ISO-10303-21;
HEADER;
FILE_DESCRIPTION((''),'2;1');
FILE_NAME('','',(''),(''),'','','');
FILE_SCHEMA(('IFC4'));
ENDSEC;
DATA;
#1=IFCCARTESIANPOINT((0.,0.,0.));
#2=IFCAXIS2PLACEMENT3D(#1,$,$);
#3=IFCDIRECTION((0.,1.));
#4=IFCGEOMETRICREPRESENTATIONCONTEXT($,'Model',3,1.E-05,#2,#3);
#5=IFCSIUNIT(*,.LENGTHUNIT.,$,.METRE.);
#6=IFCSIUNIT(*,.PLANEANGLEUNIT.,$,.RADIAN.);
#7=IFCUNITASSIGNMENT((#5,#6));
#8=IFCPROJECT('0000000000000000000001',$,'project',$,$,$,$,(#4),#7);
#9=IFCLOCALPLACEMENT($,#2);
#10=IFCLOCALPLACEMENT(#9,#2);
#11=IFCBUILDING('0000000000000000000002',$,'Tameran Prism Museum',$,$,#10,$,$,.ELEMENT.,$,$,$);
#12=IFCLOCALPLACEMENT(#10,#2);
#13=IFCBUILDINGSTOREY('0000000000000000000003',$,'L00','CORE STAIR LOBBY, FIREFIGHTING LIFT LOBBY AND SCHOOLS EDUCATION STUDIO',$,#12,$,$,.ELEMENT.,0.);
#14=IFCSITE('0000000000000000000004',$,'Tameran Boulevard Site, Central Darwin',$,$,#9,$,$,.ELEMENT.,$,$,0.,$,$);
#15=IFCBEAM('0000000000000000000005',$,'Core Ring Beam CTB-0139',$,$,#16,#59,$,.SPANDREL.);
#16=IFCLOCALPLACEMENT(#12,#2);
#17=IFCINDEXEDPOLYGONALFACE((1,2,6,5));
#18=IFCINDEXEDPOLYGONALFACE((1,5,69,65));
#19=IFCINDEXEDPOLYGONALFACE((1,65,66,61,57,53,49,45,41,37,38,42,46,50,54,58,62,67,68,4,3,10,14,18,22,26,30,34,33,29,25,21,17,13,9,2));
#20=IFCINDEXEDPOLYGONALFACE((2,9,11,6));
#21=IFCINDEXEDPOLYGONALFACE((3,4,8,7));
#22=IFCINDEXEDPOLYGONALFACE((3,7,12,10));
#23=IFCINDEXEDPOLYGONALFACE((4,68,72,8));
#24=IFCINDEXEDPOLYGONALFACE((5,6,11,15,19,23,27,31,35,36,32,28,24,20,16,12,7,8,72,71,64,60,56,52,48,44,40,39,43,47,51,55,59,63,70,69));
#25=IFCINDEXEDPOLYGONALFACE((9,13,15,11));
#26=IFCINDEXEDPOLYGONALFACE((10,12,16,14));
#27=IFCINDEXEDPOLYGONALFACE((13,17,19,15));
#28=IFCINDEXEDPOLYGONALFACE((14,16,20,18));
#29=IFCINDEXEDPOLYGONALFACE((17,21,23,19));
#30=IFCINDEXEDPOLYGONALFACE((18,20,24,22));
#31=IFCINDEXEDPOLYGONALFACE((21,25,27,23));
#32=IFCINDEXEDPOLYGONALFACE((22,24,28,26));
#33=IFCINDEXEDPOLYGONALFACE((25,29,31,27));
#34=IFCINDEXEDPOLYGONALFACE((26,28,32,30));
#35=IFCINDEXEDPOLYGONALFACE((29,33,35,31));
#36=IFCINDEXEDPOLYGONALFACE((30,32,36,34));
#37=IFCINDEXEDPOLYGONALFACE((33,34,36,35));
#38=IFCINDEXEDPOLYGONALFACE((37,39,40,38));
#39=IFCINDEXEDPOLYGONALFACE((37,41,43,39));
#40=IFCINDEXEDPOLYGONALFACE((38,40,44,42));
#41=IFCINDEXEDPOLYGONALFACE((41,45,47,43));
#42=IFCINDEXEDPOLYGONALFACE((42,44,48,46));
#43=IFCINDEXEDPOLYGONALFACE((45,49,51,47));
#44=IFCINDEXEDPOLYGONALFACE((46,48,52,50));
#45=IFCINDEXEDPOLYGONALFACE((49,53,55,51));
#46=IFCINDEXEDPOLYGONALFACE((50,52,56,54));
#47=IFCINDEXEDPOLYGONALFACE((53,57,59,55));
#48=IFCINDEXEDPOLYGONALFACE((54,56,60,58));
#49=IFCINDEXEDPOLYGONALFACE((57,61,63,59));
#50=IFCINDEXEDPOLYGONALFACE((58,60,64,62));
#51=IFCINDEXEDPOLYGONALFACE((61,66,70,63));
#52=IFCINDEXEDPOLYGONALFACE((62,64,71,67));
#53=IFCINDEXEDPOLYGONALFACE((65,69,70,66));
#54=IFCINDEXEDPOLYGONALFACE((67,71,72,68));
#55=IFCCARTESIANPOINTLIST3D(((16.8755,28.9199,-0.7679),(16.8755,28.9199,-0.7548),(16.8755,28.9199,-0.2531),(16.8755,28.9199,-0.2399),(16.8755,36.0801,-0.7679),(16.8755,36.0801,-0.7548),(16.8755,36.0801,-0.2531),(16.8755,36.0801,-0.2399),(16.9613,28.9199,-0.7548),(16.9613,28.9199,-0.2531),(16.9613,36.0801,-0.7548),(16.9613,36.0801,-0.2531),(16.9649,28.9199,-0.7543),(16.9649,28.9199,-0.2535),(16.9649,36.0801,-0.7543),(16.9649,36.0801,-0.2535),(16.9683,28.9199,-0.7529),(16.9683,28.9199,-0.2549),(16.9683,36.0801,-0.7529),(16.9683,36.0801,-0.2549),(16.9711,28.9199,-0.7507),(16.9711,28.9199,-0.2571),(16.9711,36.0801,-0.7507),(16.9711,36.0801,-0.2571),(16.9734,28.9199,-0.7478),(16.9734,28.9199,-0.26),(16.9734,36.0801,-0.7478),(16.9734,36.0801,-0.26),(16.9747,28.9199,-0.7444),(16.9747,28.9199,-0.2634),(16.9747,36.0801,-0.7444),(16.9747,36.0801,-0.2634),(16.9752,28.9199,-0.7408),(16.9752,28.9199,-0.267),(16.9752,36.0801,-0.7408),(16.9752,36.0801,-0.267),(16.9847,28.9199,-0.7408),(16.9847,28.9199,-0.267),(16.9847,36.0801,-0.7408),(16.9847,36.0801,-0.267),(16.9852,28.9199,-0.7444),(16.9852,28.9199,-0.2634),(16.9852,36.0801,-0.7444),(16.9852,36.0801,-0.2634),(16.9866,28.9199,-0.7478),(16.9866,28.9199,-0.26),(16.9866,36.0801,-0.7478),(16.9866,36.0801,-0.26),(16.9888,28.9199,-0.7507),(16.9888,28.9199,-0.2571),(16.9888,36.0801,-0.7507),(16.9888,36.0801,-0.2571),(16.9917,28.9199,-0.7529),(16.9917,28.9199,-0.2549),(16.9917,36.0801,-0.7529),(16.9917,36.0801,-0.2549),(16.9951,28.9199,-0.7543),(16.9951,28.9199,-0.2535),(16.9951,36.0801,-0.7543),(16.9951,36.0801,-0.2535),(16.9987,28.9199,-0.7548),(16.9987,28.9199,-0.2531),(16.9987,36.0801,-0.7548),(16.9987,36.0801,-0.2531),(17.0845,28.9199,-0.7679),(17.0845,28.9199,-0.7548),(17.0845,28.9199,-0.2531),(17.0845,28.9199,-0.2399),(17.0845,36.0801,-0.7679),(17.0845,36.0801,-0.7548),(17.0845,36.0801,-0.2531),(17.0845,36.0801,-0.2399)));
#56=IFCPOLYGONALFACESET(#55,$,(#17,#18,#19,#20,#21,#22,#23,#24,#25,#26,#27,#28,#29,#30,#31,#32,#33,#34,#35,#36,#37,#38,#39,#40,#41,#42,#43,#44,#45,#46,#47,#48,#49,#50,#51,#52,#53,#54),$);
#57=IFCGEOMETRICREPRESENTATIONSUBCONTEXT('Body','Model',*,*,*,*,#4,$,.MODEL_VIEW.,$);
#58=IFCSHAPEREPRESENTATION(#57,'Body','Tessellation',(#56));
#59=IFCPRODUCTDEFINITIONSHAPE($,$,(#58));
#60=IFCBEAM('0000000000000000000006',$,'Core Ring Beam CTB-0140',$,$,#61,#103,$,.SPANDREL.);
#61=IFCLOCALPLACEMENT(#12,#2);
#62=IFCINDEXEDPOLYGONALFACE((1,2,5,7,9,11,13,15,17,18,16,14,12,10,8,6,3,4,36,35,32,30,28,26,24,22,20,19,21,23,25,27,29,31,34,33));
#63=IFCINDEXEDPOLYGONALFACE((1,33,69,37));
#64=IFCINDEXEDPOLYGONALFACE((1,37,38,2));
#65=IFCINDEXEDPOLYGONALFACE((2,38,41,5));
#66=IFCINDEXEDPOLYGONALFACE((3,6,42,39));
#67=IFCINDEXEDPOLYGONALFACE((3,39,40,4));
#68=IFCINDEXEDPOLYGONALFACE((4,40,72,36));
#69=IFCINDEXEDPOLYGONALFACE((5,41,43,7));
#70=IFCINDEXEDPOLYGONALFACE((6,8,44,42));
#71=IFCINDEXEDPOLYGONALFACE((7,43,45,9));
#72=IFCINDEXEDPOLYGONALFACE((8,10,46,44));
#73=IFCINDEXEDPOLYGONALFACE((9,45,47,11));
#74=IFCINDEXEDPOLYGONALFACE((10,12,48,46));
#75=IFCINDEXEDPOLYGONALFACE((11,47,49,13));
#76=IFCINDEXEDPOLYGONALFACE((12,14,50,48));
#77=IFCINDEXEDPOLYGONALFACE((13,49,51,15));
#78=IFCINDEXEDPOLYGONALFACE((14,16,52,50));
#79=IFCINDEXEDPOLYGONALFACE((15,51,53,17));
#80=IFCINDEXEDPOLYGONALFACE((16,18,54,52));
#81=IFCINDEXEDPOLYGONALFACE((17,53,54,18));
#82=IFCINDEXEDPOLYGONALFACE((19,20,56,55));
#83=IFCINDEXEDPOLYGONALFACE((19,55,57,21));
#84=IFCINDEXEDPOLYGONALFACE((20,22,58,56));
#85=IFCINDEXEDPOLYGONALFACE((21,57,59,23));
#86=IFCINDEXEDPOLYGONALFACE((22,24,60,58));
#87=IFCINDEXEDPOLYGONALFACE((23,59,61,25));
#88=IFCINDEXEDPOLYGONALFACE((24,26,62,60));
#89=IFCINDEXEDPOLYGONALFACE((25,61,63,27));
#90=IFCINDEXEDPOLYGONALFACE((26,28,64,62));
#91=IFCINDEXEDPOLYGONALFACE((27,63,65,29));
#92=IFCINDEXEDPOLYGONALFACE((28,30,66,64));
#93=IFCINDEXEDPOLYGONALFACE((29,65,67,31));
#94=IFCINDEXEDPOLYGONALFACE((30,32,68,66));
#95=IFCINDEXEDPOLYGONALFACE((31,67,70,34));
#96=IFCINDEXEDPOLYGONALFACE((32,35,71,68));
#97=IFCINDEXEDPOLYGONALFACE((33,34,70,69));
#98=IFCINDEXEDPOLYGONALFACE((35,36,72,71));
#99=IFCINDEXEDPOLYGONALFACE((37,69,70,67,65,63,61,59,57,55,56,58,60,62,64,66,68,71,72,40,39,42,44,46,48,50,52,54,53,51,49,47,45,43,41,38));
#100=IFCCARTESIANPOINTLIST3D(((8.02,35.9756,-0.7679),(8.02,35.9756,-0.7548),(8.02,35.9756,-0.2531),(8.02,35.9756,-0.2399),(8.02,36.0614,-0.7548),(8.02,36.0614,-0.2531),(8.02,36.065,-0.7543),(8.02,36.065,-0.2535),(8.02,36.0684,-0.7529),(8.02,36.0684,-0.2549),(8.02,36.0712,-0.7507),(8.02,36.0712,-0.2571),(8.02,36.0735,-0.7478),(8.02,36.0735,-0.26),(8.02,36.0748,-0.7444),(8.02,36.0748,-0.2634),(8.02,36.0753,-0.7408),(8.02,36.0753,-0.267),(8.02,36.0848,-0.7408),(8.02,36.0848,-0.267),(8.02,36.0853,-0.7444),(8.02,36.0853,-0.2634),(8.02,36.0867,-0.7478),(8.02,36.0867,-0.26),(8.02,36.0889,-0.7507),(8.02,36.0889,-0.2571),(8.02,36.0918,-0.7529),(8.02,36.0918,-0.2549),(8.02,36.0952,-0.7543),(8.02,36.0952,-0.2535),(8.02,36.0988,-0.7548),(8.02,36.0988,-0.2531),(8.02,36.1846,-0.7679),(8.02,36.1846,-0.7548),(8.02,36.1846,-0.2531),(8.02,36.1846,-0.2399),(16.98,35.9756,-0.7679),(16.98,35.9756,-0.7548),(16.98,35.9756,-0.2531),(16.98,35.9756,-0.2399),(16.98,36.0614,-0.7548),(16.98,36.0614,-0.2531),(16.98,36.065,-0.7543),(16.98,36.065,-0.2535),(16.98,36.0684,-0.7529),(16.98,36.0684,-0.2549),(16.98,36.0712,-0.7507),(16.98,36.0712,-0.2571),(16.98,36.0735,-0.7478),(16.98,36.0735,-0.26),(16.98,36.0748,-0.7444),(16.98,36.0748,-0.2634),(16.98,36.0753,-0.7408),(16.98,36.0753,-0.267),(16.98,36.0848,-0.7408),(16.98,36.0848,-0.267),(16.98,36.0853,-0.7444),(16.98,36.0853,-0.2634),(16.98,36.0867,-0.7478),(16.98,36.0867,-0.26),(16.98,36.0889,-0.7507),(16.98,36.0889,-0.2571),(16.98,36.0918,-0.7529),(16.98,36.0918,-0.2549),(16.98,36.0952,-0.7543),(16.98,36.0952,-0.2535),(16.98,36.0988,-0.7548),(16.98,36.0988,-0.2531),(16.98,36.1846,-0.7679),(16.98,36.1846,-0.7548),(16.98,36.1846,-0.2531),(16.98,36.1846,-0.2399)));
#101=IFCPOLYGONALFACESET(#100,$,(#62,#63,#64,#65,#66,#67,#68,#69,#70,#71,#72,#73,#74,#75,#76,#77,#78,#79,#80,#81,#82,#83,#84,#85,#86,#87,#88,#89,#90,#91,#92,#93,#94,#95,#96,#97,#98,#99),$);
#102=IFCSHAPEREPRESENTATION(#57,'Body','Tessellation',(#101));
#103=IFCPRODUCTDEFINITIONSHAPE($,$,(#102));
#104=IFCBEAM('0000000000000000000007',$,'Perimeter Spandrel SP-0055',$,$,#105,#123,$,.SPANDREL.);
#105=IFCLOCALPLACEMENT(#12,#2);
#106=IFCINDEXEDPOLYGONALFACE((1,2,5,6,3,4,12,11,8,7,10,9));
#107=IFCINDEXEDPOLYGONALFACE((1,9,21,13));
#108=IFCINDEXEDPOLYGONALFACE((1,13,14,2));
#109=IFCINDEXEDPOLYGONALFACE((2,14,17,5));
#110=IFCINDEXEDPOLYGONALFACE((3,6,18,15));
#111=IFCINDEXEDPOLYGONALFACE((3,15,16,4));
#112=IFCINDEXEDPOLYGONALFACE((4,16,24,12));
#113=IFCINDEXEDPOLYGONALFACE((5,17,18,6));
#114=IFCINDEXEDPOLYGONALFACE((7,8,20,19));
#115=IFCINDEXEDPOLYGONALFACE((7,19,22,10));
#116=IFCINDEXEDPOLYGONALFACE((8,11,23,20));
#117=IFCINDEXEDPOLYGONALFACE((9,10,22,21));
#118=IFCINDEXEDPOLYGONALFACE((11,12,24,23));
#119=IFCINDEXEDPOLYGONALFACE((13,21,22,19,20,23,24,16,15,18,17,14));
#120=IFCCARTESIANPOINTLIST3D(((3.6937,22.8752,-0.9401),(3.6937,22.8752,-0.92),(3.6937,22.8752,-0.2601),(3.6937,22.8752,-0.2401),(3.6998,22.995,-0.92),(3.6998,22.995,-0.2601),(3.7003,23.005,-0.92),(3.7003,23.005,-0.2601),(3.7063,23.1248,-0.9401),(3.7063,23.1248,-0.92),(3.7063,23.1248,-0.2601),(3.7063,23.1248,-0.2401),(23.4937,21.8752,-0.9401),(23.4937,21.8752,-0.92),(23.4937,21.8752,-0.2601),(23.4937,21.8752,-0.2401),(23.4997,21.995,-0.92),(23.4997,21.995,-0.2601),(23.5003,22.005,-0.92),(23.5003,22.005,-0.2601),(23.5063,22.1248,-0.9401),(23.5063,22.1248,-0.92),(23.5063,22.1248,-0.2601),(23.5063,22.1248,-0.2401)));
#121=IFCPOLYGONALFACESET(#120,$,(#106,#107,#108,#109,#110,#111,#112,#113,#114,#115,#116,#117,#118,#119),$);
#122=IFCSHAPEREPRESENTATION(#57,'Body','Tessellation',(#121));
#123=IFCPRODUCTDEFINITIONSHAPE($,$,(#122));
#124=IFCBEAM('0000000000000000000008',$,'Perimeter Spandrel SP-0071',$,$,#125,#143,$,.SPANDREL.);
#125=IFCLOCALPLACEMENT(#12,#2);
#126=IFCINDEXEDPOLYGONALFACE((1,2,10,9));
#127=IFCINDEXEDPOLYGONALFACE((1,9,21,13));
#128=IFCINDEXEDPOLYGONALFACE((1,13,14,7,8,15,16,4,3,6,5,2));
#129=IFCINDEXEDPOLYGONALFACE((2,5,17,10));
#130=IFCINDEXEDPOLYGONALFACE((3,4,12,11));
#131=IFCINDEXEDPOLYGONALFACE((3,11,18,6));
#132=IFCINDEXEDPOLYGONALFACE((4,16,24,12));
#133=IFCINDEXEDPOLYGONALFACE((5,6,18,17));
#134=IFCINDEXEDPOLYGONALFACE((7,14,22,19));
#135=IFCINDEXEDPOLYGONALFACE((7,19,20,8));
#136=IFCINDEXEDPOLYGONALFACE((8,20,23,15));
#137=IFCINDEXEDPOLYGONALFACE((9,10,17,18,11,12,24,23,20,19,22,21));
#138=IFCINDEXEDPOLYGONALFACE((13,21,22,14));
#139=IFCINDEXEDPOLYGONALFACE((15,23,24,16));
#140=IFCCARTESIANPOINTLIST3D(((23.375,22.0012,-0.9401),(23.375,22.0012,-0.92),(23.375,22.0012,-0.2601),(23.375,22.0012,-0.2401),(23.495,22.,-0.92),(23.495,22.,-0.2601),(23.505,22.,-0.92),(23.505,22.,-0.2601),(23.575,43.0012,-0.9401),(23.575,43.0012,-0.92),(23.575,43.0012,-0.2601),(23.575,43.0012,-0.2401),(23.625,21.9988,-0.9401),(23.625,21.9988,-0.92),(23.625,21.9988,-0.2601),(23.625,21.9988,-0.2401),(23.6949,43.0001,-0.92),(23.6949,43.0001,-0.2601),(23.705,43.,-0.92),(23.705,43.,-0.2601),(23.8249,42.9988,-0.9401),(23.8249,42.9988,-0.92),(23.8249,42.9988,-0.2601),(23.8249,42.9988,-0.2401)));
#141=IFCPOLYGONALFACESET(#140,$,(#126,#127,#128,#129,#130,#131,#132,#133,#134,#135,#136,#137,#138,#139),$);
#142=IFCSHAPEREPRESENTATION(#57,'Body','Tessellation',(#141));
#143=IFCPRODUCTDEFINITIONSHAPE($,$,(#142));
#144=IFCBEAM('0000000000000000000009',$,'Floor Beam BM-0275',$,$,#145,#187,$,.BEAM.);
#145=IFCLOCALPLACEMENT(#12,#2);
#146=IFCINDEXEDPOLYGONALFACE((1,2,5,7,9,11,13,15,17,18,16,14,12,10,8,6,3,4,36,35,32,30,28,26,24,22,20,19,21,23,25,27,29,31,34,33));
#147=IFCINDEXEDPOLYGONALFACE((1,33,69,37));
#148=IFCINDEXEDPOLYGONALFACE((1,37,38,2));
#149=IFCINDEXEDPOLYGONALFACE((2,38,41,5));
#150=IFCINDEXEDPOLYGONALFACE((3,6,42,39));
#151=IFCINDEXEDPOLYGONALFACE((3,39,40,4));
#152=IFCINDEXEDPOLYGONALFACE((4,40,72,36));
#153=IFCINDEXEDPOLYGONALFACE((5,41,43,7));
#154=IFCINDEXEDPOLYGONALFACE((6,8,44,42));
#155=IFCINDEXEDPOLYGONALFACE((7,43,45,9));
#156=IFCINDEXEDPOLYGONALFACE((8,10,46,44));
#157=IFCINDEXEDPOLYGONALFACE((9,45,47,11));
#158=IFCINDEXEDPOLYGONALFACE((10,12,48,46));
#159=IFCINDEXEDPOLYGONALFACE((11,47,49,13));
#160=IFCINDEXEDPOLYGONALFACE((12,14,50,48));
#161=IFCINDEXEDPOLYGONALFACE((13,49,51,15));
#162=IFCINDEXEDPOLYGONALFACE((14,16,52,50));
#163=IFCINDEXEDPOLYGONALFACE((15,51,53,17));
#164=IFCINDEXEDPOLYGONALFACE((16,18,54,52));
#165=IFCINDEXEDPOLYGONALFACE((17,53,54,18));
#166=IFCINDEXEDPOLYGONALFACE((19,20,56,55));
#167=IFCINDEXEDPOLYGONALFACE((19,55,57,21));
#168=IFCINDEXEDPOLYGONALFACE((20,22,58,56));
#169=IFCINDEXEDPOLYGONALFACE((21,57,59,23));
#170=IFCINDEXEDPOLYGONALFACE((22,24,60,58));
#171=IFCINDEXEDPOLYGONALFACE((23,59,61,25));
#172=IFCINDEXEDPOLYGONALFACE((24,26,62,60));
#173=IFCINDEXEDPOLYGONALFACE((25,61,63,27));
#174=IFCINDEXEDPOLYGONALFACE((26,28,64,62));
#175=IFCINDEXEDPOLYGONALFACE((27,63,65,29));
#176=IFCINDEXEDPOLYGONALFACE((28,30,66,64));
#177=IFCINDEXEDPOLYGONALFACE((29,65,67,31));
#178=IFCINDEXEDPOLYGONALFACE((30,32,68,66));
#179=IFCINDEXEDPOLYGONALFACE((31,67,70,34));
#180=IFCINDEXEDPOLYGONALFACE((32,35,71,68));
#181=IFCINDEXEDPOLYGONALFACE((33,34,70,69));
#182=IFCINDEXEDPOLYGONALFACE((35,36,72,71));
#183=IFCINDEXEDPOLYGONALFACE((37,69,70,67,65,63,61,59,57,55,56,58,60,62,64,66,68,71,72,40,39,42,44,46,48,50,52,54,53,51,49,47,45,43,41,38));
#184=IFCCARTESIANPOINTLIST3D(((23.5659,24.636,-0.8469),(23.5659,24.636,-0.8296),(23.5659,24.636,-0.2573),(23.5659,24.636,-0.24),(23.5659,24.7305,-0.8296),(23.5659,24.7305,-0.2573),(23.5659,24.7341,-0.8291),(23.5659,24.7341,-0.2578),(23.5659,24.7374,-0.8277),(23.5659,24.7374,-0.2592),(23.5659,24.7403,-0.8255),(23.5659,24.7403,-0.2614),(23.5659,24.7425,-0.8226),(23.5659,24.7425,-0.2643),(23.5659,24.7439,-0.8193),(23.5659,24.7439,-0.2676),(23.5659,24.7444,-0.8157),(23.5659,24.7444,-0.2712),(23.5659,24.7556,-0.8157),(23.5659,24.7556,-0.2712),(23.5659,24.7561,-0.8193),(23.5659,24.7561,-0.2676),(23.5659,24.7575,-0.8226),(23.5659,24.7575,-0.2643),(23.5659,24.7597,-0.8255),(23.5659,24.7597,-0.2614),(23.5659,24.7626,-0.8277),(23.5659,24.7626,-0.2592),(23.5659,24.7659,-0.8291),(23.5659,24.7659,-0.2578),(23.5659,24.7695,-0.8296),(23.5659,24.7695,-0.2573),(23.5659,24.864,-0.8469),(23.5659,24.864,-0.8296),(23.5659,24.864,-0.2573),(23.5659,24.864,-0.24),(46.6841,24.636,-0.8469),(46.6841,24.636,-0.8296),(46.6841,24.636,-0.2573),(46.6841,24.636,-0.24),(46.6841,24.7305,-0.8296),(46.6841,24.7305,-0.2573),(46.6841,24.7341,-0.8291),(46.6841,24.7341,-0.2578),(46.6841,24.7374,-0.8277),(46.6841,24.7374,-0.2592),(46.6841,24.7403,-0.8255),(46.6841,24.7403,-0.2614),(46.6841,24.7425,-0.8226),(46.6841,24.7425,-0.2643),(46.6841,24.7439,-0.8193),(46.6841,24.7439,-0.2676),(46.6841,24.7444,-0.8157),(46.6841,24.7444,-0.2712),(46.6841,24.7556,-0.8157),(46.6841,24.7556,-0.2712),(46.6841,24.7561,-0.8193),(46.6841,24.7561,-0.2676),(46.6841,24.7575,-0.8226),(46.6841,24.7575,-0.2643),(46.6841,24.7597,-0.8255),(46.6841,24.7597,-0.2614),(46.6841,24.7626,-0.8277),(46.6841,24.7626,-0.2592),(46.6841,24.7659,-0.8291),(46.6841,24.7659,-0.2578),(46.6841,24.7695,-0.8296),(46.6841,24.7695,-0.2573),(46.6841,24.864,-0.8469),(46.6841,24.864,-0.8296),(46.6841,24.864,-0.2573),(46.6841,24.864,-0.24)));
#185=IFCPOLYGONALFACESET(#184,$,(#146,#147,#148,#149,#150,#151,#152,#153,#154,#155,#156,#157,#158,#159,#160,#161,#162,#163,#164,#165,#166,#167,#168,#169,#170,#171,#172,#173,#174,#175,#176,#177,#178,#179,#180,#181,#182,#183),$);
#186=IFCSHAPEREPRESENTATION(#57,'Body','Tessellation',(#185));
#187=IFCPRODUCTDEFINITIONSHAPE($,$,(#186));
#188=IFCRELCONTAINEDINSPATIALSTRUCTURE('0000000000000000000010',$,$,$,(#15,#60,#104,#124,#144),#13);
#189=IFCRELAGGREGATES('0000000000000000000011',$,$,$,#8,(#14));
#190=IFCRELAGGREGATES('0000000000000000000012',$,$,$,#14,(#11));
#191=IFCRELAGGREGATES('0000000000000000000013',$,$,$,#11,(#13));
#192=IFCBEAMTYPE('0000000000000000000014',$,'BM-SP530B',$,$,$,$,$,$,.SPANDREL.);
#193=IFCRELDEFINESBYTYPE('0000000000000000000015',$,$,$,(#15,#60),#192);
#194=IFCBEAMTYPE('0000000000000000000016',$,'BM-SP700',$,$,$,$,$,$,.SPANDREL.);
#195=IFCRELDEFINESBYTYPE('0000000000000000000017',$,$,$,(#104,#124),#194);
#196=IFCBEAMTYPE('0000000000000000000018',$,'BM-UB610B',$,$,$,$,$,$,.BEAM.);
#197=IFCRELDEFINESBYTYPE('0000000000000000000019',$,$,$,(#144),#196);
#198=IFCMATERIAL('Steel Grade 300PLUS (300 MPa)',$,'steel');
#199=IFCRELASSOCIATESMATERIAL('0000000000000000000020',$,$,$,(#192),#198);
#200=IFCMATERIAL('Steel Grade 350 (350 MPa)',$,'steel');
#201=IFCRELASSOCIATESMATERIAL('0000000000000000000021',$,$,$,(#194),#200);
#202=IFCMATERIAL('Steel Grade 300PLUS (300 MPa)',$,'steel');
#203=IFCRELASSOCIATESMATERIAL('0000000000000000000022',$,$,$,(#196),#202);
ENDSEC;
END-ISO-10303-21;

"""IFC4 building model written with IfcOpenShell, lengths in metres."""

from ifc_helpers import new_model, si_unit, direction, frame, origin, origin_2d, place, context, subcontext, project, spatial, i_section, extrude, material, material_profile, profile_set, type_object, element, save


model = new_model("IFC4")

# Units and contexts
model_context = context("Model", 3, precision=1e-05, world=origin(), true_north=direction((0.0, 1.0)))
body_context = subcontext(model_context, "Body", "Model", "MODEL_VIEW")
ifc_project = project(units=[si_unit("LENGTHUNIT", "METRE"), si_unit("PLANEANGLEUNIT", "RADIAN")], contexts=[model_context])

# Site, building, storey
site_placement = place(None, origin())
site = spatial("IfcSite", under=ifc_project, at=site_placement, Name="Tameran Boulevard Site, Central Darwin", CompositionType="ELEMENT", RefElevation=0.0)
building_placement = place(site_placement, origin())
building = spatial("IfcBuilding", under=site, at=building_placement, Name="Tameran Prism Museum", CompositionType="ELEMENT")
storey_placement = place(building_placement, origin())
storey = spatial("IfcBuildingStorey", under=building, at=storey_placement, Name="L00", Description="CORE STAIR LOBBY, FIREFIGHTING LIFT LOBBY AND SCHOOLS EDUCATION STUDIO", CompositionType="ELEMENT", Elevation=0.0)

# Beams
ifc_material_1 = material(Name="Steel Grade 300PLUS (300 MPa)", Category="steel")
ifc_material_profile_1 = material_profile(ifc_material_1, i_section(OverallWidth=0.209, OverallDepth=0.5281, WebThickness=0.0095, FlangeThickness=0.0132, FilletRadius=0.0139, at=origin_2d()))
ifc_profile_set_1 = profile_set([ifc_material_profile_1])
beam_type_1 = type_object("IfcBeamType", Name="BM-SP530B", PredefinedType="SPANDREL", material=ifc_profile_set_1)
beam_1_placement = place(storey_placement, frame((16.98, 28.9199, -0.5039), z_axis=(0.0, 1.0, 0.0), x_axis=(-1.0, 0.0, 0.0)))
element("IfcBeam", 1, at=beam_1_placement, inside=storey, type_object=beam_type_1, Name="Core Ring Beam CTB-0139", PredefinedType="SPANDREL", context=body_context, shape_type="SweptSolid", body=[
    extrude(i_section(OverallWidth=0.209, OverallDepth=0.5281, WebThickness=0.0095, FlangeThickness=0.0132, FilletRadius=0.0139, at=origin_2d()), origin(), (0.0, 0.0, 1.0), 7.1602),
])
beam_2_placement = place(storey_placement, frame((16.98, 36.0801, -0.5039), z_axis=(-1.0, 0.0, 0.0), x_axis=(0.0, -1.0, 0.0)))
element("IfcBeam", 2, at=beam_2_placement, inside=storey, type_object=beam_type_1, Name="Core Ring Beam CTB-0140", PredefinedType="SPANDREL", context=body_context, shape_type="SweptSolid", body=[
    extrude(i_section(OverallWidth=0.209, OverallDepth=0.5281, WebThickness=0.0095, FlangeThickness=0.0132, FilletRadius=0.0139, at=origin_2d()), origin(), (0.0, 0.0, 1.0), 8.96),
])
ifc_material_2 = material(Name="Steel Grade 350 (350 MPa)", Category="steel")
ifc_material_profile_2 = material_profile(ifc_material_2, i_section(OverallWidth=0.25, OverallDepth=0.7, WebThickness=0.01, FlangeThickness=0.02, at=origin_2d()))
ifc_profile_set_2 = profile_set([ifc_material_profile_2])
beam_type_2 = type_object("IfcBeamType", Name="BM-SP700", PredefinedType="SPANDREL", material=ifc_profile_set_2)
beam_3_placement = place(storey_placement, frame((23.5, 22.0, -0.5901), z_axis=(-0.998727, 0.050441, 0.0), x_axis=(-0.050441, -0.998727, 0.0)))
element("IfcBeam", 3, at=beam_3_placement, inside=storey, type_object=beam_type_2, Name="Perimeter Spandrel SP-0055", PredefinedType="SPANDREL", context=body_context, shape_type="SweptSolid", body=[
    extrude(i_section(OverallWidth=0.25, OverallDepth=0.7, WebThickness=0.01, FlangeThickness=0.02, at=origin_2d()), origin(), (0.0, 0.0, 1.0), 19.8252),
])
beam_4_placement = place(storey_placement, frame((23.5, 22.0, -0.5901), z_axis=(0.009521, 0.999955, 0.0), x_axis=(-0.999955, 0.009521, 0.0)))
element("IfcBeam", 4, at=beam_4_placement, inside=storey, type_object=beam_type_2, Name="Perimeter Spandrel SP-0071", PredefinedType="SPANDREL", context=body_context, shape_type="SweptSolid", body=[
    extrude(i_section(OverallWidth=0.25, OverallDepth=0.7, WebThickness=0.01, FlangeThickness=0.02, at=origin_2d()), origin(), (0.0, 0.0, 1.0), 21.001),
])
ifc_material_3 = material(Name="Steel Grade 300PLUS (300 MPa)", Category="steel")
ifc_material_profile_3 = material_profile(ifc_material_3, i_section(OverallWidth=0.228, OverallDepth=0.6069, WebThickness=0.0112, FlangeThickness=0.0173, FilletRadius=0.0139, at=origin_2d()))
ifc_profile_set_3 = profile_set([ifc_material_profile_3])
beam_type_3 = type_object("IfcBeamType", Name="BM-UB610B", PredefinedType="BEAM", material=ifc_profile_set_3)
beam_5_placement = place(storey_placement, frame((23.5659, 24.75, -0.5435), z_axis=(1.0, 0.0, 0.0), x_axis=(0.0, 1.0, 0.0)))
element("IfcBeam", 5, at=beam_5_placement, inside=storey, type_object=beam_type_3, Name="Floor Beam BM-0275", PredefinedType="BEAM", context=body_context, shape_type="SweptSolid", body=[
    extrude(i_section(OverallWidth=0.228, OverallDepth=0.6069, WebThickness=0.0112, FlangeThickness=0.0173, FilletRadius=0.0139, at=origin_2d()), origin(), (0.0, 0.0, 1.0), 23.1182),
])

save(model, "model.ifc")
